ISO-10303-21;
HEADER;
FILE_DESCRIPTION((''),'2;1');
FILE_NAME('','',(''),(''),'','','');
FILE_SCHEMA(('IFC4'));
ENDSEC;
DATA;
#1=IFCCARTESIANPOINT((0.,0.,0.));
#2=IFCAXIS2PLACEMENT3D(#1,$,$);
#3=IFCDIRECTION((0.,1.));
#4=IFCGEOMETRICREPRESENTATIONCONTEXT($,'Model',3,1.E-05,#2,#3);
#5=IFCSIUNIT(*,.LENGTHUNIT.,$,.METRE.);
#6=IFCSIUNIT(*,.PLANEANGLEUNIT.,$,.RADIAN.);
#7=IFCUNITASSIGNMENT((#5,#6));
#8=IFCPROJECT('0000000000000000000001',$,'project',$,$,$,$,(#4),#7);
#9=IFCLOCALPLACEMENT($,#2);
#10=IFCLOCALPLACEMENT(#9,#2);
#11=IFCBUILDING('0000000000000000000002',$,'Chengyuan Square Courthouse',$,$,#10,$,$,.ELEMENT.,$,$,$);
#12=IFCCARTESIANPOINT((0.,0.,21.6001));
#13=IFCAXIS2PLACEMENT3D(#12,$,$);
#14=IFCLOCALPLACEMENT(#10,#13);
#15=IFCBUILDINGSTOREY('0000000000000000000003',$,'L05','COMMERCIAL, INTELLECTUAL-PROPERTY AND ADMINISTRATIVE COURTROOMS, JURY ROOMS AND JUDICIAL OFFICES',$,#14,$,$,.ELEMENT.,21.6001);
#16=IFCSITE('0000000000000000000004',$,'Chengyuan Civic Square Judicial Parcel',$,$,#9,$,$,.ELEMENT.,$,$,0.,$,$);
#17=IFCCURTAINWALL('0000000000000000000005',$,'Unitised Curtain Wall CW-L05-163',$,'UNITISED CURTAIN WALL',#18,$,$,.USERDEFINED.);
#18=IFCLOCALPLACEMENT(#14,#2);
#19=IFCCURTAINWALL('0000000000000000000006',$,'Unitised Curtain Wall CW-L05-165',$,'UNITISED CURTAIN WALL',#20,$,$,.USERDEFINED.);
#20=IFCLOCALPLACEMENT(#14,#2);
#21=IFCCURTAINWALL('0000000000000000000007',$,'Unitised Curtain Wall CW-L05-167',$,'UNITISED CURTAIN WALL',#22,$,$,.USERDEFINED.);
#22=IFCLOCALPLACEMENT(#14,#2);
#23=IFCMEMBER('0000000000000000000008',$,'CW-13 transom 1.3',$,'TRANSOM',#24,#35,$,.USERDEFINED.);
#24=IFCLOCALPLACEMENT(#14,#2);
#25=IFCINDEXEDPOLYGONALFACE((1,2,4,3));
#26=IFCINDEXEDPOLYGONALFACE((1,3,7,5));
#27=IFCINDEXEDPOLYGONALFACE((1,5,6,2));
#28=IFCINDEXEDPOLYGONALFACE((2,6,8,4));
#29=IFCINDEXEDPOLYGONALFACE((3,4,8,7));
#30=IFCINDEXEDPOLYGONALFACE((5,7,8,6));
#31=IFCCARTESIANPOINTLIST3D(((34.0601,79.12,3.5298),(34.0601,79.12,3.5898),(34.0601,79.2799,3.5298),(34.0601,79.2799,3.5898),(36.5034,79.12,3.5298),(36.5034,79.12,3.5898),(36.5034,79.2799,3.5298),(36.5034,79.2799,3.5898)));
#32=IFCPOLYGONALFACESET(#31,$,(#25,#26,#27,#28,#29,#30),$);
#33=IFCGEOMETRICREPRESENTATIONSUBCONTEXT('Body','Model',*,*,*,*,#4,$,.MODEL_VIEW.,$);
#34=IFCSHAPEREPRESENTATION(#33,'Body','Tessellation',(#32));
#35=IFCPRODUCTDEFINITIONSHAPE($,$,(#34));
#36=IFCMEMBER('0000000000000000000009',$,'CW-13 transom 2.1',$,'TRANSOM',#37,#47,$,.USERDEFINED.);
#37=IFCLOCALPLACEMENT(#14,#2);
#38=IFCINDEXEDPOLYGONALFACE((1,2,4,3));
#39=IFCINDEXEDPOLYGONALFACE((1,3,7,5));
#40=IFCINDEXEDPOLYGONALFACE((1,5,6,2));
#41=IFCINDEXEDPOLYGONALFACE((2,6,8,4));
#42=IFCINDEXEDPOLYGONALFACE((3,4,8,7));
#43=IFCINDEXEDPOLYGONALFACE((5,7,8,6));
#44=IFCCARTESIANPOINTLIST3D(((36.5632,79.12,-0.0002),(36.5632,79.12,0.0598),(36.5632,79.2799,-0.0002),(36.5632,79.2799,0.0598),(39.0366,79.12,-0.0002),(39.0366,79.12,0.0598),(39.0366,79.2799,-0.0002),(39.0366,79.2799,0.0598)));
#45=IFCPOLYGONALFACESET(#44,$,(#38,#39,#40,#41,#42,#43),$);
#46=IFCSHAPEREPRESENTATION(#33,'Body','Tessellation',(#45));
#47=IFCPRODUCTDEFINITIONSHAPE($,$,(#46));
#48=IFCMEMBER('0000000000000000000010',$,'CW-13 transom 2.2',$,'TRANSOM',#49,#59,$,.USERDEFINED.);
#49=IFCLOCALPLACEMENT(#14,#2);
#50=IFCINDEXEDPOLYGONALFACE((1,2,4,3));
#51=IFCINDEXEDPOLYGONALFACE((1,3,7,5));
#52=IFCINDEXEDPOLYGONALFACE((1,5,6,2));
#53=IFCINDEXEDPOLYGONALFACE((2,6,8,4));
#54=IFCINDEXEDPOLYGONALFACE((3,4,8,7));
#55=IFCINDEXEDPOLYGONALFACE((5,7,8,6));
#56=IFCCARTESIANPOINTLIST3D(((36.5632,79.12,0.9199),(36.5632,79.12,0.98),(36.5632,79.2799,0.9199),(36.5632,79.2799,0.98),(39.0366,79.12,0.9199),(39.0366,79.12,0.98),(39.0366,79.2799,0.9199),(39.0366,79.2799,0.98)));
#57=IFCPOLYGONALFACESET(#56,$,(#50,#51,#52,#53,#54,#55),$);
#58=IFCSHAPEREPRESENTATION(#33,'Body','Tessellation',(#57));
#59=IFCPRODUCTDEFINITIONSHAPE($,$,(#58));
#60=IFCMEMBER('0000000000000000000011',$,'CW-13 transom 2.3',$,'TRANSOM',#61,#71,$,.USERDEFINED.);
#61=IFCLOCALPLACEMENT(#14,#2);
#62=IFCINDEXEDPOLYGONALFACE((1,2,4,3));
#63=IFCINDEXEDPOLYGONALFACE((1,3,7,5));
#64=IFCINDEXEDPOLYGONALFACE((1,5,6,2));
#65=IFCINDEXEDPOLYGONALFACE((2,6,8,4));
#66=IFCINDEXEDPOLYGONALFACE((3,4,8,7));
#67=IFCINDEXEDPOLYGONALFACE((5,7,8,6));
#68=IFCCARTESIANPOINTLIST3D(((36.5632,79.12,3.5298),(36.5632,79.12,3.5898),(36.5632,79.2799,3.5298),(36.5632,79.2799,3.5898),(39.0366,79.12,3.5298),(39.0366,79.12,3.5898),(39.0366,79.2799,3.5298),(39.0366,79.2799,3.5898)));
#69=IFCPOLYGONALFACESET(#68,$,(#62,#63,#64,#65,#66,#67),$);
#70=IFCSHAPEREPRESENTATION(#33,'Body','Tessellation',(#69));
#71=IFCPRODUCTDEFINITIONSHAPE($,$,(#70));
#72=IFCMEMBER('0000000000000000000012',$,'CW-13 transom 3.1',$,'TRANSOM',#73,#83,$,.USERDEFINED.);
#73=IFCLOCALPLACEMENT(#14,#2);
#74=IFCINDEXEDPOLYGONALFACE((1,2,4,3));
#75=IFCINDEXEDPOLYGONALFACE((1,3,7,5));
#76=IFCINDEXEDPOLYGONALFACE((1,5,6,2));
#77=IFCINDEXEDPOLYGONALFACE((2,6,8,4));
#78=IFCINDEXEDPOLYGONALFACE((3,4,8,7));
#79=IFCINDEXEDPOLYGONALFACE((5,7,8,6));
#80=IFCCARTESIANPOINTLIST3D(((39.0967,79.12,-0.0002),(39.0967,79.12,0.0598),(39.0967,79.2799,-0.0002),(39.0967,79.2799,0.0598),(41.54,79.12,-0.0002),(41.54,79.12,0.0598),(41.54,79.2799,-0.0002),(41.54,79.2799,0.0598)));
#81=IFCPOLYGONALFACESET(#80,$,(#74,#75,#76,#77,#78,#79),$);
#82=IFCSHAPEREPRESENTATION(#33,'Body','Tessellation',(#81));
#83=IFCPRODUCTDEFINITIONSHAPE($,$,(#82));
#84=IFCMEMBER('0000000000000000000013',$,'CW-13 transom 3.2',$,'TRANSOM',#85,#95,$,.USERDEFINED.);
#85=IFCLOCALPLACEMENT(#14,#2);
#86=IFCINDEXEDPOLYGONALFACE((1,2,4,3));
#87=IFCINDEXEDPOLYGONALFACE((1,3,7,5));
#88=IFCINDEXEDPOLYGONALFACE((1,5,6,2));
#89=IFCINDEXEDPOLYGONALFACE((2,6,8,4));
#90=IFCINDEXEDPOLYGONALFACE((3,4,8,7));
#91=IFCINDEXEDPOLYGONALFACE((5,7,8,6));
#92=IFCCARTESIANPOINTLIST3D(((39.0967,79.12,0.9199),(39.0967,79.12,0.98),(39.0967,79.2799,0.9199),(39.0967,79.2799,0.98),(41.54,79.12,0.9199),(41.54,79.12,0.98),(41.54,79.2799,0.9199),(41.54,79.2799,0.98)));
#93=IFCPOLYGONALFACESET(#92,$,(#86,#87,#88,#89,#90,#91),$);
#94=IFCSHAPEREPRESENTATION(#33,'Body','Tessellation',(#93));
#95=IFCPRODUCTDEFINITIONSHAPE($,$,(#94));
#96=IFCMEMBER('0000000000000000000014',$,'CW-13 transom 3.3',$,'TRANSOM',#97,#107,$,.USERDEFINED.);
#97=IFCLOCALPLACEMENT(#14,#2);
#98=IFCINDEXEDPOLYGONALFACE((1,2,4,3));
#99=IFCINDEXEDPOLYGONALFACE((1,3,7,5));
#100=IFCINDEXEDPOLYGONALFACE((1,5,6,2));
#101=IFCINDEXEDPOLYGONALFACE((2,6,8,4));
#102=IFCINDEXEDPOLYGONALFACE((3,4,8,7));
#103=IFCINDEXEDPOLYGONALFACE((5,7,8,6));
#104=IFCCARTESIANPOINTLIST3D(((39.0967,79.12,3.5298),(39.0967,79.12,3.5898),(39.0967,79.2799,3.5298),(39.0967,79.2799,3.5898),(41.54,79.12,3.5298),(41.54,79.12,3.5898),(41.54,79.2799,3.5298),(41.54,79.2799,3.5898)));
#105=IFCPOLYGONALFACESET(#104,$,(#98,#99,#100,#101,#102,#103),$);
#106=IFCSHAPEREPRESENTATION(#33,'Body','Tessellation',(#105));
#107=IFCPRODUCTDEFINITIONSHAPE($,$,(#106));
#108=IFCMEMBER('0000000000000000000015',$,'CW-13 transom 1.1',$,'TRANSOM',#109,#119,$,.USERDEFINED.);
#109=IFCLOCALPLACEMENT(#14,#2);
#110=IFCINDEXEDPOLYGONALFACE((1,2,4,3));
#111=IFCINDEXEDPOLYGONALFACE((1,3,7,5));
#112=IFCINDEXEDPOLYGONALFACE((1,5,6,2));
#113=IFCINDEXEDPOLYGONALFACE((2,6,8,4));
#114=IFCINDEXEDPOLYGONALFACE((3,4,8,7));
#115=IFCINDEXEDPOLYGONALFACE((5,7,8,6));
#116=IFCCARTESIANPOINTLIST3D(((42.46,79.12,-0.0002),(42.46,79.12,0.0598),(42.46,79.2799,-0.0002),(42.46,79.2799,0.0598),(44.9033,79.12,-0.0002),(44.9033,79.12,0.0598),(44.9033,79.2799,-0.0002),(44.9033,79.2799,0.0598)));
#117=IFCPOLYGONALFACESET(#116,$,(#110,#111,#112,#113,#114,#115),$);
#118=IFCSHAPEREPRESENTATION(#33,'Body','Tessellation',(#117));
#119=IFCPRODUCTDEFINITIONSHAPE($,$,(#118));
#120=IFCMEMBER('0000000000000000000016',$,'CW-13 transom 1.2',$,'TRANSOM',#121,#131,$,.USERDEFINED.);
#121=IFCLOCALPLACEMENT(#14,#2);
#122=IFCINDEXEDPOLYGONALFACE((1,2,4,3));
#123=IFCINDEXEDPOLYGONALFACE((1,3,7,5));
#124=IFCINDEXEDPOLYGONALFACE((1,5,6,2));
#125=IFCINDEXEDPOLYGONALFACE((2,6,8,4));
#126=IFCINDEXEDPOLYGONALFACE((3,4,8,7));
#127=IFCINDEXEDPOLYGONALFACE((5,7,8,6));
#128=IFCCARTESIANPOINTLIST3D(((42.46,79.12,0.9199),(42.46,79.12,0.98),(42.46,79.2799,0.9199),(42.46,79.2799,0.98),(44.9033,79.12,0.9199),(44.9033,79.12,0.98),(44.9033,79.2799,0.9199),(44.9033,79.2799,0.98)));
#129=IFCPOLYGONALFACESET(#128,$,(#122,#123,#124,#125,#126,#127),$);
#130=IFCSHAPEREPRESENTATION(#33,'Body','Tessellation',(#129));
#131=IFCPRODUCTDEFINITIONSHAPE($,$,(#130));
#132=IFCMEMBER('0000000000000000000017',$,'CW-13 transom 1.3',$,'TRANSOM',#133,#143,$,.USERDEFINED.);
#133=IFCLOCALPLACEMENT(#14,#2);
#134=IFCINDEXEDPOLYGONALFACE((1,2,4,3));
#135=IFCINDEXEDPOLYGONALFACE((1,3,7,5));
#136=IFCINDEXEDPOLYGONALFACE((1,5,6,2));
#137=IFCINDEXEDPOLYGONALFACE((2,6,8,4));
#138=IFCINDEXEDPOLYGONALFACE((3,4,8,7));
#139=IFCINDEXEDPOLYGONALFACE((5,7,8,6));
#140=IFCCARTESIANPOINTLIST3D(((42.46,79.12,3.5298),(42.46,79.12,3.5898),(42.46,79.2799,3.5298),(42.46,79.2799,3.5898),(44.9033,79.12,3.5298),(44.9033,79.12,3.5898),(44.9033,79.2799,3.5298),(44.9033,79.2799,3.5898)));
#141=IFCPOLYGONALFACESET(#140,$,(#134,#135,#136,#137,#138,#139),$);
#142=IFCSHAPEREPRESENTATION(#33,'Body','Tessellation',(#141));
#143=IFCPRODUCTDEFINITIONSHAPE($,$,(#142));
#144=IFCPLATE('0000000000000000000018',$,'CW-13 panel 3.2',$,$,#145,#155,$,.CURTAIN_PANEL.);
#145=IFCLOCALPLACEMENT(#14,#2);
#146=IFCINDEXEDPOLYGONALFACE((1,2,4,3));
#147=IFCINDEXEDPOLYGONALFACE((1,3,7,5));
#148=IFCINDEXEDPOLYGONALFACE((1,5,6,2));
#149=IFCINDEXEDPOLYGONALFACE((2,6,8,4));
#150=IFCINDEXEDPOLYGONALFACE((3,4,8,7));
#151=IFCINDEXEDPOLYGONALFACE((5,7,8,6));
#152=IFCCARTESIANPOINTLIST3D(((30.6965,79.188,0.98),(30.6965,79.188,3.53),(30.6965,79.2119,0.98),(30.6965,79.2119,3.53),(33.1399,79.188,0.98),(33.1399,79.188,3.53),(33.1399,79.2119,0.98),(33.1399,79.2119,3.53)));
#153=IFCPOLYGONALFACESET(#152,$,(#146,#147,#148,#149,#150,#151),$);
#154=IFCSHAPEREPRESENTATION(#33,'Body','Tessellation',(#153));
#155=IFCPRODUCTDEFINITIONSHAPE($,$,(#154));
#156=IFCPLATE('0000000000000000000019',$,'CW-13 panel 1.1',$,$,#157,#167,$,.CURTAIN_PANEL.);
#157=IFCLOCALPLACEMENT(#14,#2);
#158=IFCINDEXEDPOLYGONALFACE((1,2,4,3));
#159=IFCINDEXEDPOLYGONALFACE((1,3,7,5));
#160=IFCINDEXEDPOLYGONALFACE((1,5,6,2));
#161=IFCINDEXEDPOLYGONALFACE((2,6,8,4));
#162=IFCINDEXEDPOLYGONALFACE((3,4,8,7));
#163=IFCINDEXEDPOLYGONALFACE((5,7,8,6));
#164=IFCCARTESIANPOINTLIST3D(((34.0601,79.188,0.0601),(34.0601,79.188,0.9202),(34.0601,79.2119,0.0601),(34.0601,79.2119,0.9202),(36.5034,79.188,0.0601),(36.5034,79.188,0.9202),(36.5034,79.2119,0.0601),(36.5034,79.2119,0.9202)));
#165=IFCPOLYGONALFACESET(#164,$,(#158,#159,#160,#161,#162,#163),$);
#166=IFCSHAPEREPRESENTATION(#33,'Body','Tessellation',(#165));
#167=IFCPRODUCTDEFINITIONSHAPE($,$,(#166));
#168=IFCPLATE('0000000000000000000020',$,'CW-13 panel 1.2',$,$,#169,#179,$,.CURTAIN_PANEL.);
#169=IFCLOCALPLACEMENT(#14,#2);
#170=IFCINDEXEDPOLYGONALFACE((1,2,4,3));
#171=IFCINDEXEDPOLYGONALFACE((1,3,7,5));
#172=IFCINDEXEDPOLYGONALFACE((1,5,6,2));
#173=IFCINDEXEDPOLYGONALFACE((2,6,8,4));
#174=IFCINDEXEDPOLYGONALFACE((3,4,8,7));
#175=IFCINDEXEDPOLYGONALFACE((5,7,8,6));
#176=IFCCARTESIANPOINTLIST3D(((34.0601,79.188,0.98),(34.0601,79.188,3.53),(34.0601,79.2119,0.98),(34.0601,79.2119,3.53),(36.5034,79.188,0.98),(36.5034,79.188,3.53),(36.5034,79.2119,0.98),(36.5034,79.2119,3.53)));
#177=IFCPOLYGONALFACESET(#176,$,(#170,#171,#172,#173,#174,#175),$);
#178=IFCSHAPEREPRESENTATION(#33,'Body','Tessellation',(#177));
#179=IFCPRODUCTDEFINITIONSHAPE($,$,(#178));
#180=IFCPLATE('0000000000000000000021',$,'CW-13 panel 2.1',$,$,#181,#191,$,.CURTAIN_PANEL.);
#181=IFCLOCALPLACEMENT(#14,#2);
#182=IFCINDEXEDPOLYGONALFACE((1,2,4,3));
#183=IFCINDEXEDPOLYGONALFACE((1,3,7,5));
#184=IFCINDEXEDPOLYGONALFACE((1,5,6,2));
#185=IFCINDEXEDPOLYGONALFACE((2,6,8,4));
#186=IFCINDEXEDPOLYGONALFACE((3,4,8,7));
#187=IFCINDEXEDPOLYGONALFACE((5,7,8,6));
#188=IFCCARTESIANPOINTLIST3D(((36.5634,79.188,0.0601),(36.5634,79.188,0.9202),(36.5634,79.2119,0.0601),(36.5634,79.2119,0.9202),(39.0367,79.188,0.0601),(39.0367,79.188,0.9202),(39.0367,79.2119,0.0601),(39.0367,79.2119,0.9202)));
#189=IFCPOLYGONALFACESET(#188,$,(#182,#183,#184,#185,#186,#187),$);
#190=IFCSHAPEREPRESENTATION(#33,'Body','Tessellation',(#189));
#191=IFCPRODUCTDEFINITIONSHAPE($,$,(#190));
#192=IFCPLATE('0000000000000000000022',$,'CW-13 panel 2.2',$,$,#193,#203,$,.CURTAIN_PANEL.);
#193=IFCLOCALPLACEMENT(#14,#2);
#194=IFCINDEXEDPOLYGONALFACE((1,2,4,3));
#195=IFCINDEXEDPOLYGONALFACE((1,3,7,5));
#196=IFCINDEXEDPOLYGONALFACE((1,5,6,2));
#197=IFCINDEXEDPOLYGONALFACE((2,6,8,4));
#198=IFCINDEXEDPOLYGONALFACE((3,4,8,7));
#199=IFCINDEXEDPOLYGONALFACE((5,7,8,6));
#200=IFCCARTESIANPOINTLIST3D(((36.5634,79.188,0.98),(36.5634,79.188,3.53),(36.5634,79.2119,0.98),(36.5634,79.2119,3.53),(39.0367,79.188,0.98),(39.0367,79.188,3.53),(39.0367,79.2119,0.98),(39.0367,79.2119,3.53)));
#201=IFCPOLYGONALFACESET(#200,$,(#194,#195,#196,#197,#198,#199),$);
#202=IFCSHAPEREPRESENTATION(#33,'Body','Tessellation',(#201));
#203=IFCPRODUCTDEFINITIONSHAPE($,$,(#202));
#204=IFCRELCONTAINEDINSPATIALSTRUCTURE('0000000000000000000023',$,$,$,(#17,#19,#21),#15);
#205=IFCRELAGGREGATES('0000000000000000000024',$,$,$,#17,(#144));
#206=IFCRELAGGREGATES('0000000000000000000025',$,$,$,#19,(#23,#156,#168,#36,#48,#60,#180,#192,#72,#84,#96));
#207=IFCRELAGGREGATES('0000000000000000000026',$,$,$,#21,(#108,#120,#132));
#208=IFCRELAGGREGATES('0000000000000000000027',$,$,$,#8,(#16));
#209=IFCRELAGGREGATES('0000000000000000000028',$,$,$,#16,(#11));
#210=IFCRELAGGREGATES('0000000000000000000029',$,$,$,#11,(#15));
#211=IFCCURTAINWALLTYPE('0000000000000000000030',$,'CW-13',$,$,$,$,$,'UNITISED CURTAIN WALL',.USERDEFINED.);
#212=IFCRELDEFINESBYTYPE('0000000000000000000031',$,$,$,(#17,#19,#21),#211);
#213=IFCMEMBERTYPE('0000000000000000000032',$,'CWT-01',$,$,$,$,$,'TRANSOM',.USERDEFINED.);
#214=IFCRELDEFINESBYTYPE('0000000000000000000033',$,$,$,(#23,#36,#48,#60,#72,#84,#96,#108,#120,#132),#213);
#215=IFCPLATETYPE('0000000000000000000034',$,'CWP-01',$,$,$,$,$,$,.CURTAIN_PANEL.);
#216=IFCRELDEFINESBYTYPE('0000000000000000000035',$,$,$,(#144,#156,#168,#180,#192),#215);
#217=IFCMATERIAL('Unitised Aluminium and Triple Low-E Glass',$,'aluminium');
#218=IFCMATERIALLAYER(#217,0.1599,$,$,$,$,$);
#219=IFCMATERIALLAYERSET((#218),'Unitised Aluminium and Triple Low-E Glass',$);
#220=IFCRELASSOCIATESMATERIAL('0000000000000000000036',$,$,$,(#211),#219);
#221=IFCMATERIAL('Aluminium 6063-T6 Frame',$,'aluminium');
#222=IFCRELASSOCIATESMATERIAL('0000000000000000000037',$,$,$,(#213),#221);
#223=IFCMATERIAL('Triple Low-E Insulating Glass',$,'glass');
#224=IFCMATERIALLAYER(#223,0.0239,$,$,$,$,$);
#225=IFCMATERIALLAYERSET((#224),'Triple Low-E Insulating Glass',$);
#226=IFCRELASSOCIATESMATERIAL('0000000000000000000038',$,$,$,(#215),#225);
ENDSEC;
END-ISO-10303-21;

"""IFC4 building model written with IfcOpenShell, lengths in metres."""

from ifc_helpers import new_model, si_unit, direction, frame, origin, origin_2d, place, context, subcontext, project, spatial, rectangle, extrude, material, layer, layer_set, material_profile, profile_set, type_object, element, aggregate, save


model = new_model("IFC4")

# Units and contexts
model_context = context("Model", 3, precision=1e-05, world=origin(), true_north=direction((0.0, 1.0)))
body_context = subcontext(model_context, "Body", "Model", "MODEL_VIEW")
ifc_project = project(units=[si_unit("LENGTHUNIT", "METRE"), si_unit("PLANEANGLEUNIT", "RADIAN")], contexts=[model_context])

# Site, building, storey
site_placement = place(None, origin())
site = spatial("IfcSite", under=ifc_project, at=site_placement, Name="Chengyuan Civic Square Judicial Parcel", CompositionType="ELEMENT", RefElevation=0.0)
building_placement = place(site_placement, origin())
building = spatial("IfcBuilding", under=site, at=building_placement, Name="Chengyuan Square Courthouse", CompositionType="ELEMENT")
storey_placement = place(building_placement, frame((0.0, 0.0, 21.6001)))
storey = spatial("IfcBuildingStorey", under=building, at=storey_placement, Name="L05", Description="COMMERCIAL, INTELLECTUAL-PROPERTY AND ADMINISTRATIVE COURTROOMS, JURY ROOMS AND JUDICIAL OFFICES", CompositionType="ELEMENT", Elevation=21.6001)

# Curtain wall
ifc_material_1 = material(Name="Unitised Aluminium and Triple Low-E Glass", Category="aluminium")
ifc_layer_1 = layer(ifc_material_1, 0.1599)
ifc_layer_set_1 = layer_set([ifc_layer_1], Name="Unitised Aluminium and Triple Low-E Glass")
curtain_wall_type = type_object("IfcCurtainWallType", Name="CW-13", ElementType="UNITISED CURTAIN WALL", PredefinedType="USERDEFINED", material=ifc_layer_set_1)
curtain_wall_1_placement = place(storey_placement, origin())
curtain_wall_1 = element("IfcCurtainWall", 1, at=curtain_wall_1_placement, inside=storey, type_object=curtain_wall_type, Name="Unitised Curtain Wall CW-L05-163", ObjectType="UNITISED CURTAIN WALL", PredefinedType="USERDEFINED")
ifc_material_2 = material(Name="Aluminium 6063-T6 Frame", Category="aluminium")

# Curtain walls
curtain_wall_2_placement = place(storey_placement, origin())
curtain_wall_2 = element("IfcCurtainWall", 2, at=curtain_wall_2_placement, inside=storey, type_object=curtain_wall_type, Name="Unitised Curtain Wall CW-L05-165", ObjectType="UNITISED CURTAIN WALL", PredefinedType="USERDEFINED")
curtain_wall_3_placement = place(storey_placement, origin())
curtain_wall_3 = element("IfcCurtainWall", 3, at=curtain_wall_3_placement, inside=storey, type_object=curtain_wall_type, Name="Unitised Curtain Wall CW-L05-167", ObjectType="UNITISED CURTAIN WALL", PredefinedType="USERDEFINED")

# Members
ifc_material_profile_1 = material_profile(ifc_material_2, rectangle(XDim=0.1599, YDim=0.0601, at=origin_2d()), Name="CW-TRN-60x120")
ifc_profile_set_1 = profile_set([ifc_material_profile_1], Name="Aluminium 6063-T6 Frame")
member_type_1 = type_object("IfcMemberType", Name="CWT-01", ElementType="TRANSOM", PredefinedType="USERDEFINED", material=ifc_profile_set_1)
member_1_placement = place(storey_placement, frame((34.0601, 79.2, 3.5598), z_axis=(1.0, 0.0, 0.0), x_axis=(0.0, 1.0, 0.0)))
member_1 = element("IfcMember", 4, at=member_1_placement, type_object=member_type_1, Name="CW-13 transom 1.3", ObjectType="TRANSOM", PredefinedType="USERDEFINED", context=body_context, shape_type="SweptSolid", body=[
    extrude(rectangle(XDim=0.1599, YDim=0.0601, at=origin_2d()), origin(), (0.0, 0.0, 1.0), 2.4434),
])
member_2_placement = place(storey_placement, frame((36.5632, 79.2, 0.0298), z_axis=(1.0, 0.0, 0.0), x_axis=(0.0, 1.0, 0.0)))
member_2 = element("IfcMember", 5, at=member_2_placement, type_object=member_type_1, Name="CW-13 transom 2.1", ObjectType="TRANSOM", PredefinedType="USERDEFINED", context=body_context, shape_type="SweptSolid", body=[
    extrude(rectangle(XDim=0.1599, YDim=0.0601, at=origin_2d()), origin(), (0.0, 0.0, 1.0), 2.4734),
])
member_3_placement = place(storey_placement, frame((36.5632, 79.2, 0.95), z_axis=(1.0, 0.0, 0.0), x_axis=(0.0, 1.0, 0.0)))
member_3 = element("IfcMember", 6, at=member_3_placement, type_object=member_type_1, Name="CW-13 transom 2.2", ObjectType="TRANSOM", PredefinedType="USERDEFINED", context=body_context, shape_type="SweptSolid", body=[
    extrude(rectangle(XDim=0.1599, YDim=0.0601, at=origin_2d()), origin(), (0.0, 0.0, 1.0), 2.4734),
])
member_4_placement = place(storey_placement, frame((36.5632, 79.2, 3.5598), z_axis=(1.0, 0.0, 0.0), x_axis=(0.0, 1.0, 0.0)))
member_4 = element("IfcMember", 7, at=member_4_placement, type_object=member_type_1, Name="CW-13 transom 2.3", ObjectType="TRANSOM", PredefinedType="USERDEFINED", context=body_context, shape_type="SweptSolid", body=[
    extrude(rectangle(XDim=0.1599, YDim=0.0601, at=origin_2d()), origin(), (0.0, 0.0, 1.0), 2.4734),
])
member_5_placement = place(storey_placement, frame((39.0967, 79.2, 0.0298), z_axis=(1.0, 0.0, 0.0), x_axis=(0.0, 1.0, 0.0)))
member_5 = element("IfcMember", 8, at=member_5_placement, type_object=member_type_1, Name="CW-13 transom 3.1", ObjectType="TRANSOM", PredefinedType="USERDEFINED", context=body_context, shape_type="SweptSolid", body=[
    extrude(rectangle(XDim=0.1599, YDim=0.0601, at=origin_2d()), origin(), (0.0, 0.0, 1.0), 2.4434),
])
member_6_placement = place(storey_placement, frame((39.0967, 79.2, 0.95), z_axis=(1.0, 0.0, 0.0), x_axis=(0.0, 1.0, 0.0)))
member_6 = element("IfcMember", 9, at=member_6_placement, type_object=member_type_1, Name="CW-13 transom 3.2", ObjectType="TRANSOM", PredefinedType="USERDEFINED", context=body_context, shape_type="SweptSolid", body=[
    extrude(rectangle(XDim=0.1599, YDim=0.0601, at=origin_2d()), origin(), (0.0, 0.0, 1.0), 2.4434),
])
member_7_placement = place(storey_placement, frame((39.0967, 79.2, 3.5598), z_axis=(1.0, 0.0, 0.0), x_axis=(0.0, 1.0, 0.0)))
member_7 = element("IfcMember", 10, at=member_7_placement, type_object=member_type_1, Name="CW-13 transom 3.3", ObjectType="TRANSOM", PredefinedType="USERDEFINED", context=body_context, shape_type="SweptSolid", body=[
    extrude(rectangle(XDim=0.1599, YDim=0.0601, at=origin_2d()), origin(), (0.0, 0.0, 1.0), 2.4434),
])
member_8_placement = place(storey_placement, frame((42.46, 79.2, 0.0298), z_axis=(1.0, 0.0, 0.0), x_axis=(0.0, 1.0, 0.0)))
member_8 = element("IfcMember", 11, at=member_8_placement, type_object=member_type_1, Name="CW-13 transom 1.1", ObjectType="TRANSOM", PredefinedType="USERDEFINED", context=body_context, shape_type="SweptSolid", body=[
    extrude(rectangle(XDim=0.1599, YDim=0.0601, at=origin_2d()), origin(), (0.0, 0.0, 1.0), 2.4434),
])
member_9_placement = place(storey_placement, frame((42.46, 79.2, 0.95), z_axis=(1.0, 0.0, 0.0), x_axis=(0.0, 1.0, 0.0)))
member_9 = element("IfcMember", 12, at=member_9_placement, type_object=member_type_1, Name="CW-13 transom 1.2", ObjectType="TRANSOM", PredefinedType="USERDEFINED", context=body_context, shape_type="SweptSolid", body=[
    extrude(rectangle(XDim=0.1599, YDim=0.0601, at=origin_2d()), origin(), (0.0, 0.0, 1.0), 2.4434),
])
member_10_placement = place(storey_placement, frame((42.46, 79.2, 3.5598), z_axis=(1.0, 0.0, 0.0), x_axis=(0.0, 1.0, 0.0)))
member_10 = element("IfcMember", 13, at=member_10_placement, type_object=member_type_1, Name="CW-13 transom 1.3", ObjectType="TRANSOM", PredefinedType="USERDEFINED", context=body_context, shape_type="SweptSolid", body=[
    extrude(rectangle(XDim=0.1599, YDim=0.0601, at=origin_2d()), origin(), (0.0, 0.0, 1.0), 2.4434),
])

# Plates
ifc_material_3 = material(Name="Triple Low-E Insulating Glass", Category="glass")
ifc_layer_2 = layer(ifc_material_3, 0.0239)
ifc_layer_set_2 = layer_set([ifc_layer_2], Name="Triple Low-E Insulating Glass")
plate_type = type_object("IfcPlateType", Name="CWP-01", PredefinedType="CURTAIN_PANEL", material=ifc_layer_set_2)
plate_1_placement = place(storey_placement, frame((31.9182, 79.2, 0.98), z_axis=(0.0, 0.0, 1.0), x_axis=(1.0, 0.0, 0.0)))
plate_1 = element("IfcPlate", 14, at=plate_1_placement, type_object=plate_type, Name="CW-13 panel 3.2", PredefinedType="CURTAIN_PANEL", context=body_context, shape_type="SweptSolid", body=[
    extrude(rectangle(XDim=2.4434, YDim=0.0239, at=origin_2d()), origin(), (0.0, 0.0, 1.0), 2.55),
])
aggregate(curtain_wall_1, [plate_1])
plate_2_placement = place(storey_placement, frame((35.2817, 79.2, 0.0601), z_axis=(0.0, 0.0, 1.0), x_axis=(1.0, 0.0, 0.0)))
plate_2 = element("IfcPlate", 15, at=plate_2_placement, type_object=plate_type, Name="CW-13 panel 1.1", PredefinedType="CURTAIN_PANEL", context=body_context, shape_type="SweptSolid", body=[
    extrude(rectangle(XDim=2.4434, YDim=0.0239, at=origin_2d()), origin(), (0.0, 0.0, 1.0), 0.8601),
])
plate_3_placement = place(storey_placement, frame((35.2817, 79.2, 0.98), z_axis=(0.0, 0.0, 1.0), x_axis=(1.0, 0.0, 0.0)))
plate_3 = element("IfcPlate", 16, at=plate_3_placement, type_object=plate_type, Name="CW-13 panel 1.2", PredefinedType="CURTAIN_PANEL", context=body_context, shape_type="SweptSolid", body=[
    extrude(rectangle(XDim=2.4434, YDim=0.0239, at=origin_2d()), origin(), (0.0, 0.0, 1.0), 2.55),
])
plate_4_placement = place(storey_placement, frame((37.8, 79.2, 0.0601), z_axis=(0.0, 0.0, 1.0), x_axis=(1.0, 0.0, 0.0)))
plate_4 = element("IfcPlate", 17, at=plate_4_placement, type_object=plate_type, Name="CW-13 panel 2.1", PredefinedType="CURTAIN_PANEL", context=body_context, shape_type="SweptSolid", body=[
    extrude(rectangle(XDim=2.4734, YDim=0.0239, at=origin_2d()), origin(), (0.0, 0.0, 1.0), 0.8601),
])
plate_5_placement = place(storey_placement, frame((37.8, 79.2, 0.98), z_axis=(0.0, 0.0, 1.0), x_axis=(1.0, 0.0, 0.0)))
plate_5 = element("IfcPlate", 18, at=plate_5_placement, type_object=plate_type, Name="CW-13 panel 2.2", PredefinedType="CURTAIN_PANEL", context=body_context, shape_type="SweptSolid", body=[
    extrude(rectangle(XDim=2.4734, YDim=0.0239, at=origin_2d()), origin(), (0.0, 0.0, 1.0), 2.55),
])
aggregate(curtain_wall_2, [member_1, plate_2, plate_3, member_2, member_3, member_4, plate_4, plate_5, member_5, member_6, member_7])
aggregate(curtain_wall_3, [member_8, member_9, member_10])

save(model, "model.ifc")
